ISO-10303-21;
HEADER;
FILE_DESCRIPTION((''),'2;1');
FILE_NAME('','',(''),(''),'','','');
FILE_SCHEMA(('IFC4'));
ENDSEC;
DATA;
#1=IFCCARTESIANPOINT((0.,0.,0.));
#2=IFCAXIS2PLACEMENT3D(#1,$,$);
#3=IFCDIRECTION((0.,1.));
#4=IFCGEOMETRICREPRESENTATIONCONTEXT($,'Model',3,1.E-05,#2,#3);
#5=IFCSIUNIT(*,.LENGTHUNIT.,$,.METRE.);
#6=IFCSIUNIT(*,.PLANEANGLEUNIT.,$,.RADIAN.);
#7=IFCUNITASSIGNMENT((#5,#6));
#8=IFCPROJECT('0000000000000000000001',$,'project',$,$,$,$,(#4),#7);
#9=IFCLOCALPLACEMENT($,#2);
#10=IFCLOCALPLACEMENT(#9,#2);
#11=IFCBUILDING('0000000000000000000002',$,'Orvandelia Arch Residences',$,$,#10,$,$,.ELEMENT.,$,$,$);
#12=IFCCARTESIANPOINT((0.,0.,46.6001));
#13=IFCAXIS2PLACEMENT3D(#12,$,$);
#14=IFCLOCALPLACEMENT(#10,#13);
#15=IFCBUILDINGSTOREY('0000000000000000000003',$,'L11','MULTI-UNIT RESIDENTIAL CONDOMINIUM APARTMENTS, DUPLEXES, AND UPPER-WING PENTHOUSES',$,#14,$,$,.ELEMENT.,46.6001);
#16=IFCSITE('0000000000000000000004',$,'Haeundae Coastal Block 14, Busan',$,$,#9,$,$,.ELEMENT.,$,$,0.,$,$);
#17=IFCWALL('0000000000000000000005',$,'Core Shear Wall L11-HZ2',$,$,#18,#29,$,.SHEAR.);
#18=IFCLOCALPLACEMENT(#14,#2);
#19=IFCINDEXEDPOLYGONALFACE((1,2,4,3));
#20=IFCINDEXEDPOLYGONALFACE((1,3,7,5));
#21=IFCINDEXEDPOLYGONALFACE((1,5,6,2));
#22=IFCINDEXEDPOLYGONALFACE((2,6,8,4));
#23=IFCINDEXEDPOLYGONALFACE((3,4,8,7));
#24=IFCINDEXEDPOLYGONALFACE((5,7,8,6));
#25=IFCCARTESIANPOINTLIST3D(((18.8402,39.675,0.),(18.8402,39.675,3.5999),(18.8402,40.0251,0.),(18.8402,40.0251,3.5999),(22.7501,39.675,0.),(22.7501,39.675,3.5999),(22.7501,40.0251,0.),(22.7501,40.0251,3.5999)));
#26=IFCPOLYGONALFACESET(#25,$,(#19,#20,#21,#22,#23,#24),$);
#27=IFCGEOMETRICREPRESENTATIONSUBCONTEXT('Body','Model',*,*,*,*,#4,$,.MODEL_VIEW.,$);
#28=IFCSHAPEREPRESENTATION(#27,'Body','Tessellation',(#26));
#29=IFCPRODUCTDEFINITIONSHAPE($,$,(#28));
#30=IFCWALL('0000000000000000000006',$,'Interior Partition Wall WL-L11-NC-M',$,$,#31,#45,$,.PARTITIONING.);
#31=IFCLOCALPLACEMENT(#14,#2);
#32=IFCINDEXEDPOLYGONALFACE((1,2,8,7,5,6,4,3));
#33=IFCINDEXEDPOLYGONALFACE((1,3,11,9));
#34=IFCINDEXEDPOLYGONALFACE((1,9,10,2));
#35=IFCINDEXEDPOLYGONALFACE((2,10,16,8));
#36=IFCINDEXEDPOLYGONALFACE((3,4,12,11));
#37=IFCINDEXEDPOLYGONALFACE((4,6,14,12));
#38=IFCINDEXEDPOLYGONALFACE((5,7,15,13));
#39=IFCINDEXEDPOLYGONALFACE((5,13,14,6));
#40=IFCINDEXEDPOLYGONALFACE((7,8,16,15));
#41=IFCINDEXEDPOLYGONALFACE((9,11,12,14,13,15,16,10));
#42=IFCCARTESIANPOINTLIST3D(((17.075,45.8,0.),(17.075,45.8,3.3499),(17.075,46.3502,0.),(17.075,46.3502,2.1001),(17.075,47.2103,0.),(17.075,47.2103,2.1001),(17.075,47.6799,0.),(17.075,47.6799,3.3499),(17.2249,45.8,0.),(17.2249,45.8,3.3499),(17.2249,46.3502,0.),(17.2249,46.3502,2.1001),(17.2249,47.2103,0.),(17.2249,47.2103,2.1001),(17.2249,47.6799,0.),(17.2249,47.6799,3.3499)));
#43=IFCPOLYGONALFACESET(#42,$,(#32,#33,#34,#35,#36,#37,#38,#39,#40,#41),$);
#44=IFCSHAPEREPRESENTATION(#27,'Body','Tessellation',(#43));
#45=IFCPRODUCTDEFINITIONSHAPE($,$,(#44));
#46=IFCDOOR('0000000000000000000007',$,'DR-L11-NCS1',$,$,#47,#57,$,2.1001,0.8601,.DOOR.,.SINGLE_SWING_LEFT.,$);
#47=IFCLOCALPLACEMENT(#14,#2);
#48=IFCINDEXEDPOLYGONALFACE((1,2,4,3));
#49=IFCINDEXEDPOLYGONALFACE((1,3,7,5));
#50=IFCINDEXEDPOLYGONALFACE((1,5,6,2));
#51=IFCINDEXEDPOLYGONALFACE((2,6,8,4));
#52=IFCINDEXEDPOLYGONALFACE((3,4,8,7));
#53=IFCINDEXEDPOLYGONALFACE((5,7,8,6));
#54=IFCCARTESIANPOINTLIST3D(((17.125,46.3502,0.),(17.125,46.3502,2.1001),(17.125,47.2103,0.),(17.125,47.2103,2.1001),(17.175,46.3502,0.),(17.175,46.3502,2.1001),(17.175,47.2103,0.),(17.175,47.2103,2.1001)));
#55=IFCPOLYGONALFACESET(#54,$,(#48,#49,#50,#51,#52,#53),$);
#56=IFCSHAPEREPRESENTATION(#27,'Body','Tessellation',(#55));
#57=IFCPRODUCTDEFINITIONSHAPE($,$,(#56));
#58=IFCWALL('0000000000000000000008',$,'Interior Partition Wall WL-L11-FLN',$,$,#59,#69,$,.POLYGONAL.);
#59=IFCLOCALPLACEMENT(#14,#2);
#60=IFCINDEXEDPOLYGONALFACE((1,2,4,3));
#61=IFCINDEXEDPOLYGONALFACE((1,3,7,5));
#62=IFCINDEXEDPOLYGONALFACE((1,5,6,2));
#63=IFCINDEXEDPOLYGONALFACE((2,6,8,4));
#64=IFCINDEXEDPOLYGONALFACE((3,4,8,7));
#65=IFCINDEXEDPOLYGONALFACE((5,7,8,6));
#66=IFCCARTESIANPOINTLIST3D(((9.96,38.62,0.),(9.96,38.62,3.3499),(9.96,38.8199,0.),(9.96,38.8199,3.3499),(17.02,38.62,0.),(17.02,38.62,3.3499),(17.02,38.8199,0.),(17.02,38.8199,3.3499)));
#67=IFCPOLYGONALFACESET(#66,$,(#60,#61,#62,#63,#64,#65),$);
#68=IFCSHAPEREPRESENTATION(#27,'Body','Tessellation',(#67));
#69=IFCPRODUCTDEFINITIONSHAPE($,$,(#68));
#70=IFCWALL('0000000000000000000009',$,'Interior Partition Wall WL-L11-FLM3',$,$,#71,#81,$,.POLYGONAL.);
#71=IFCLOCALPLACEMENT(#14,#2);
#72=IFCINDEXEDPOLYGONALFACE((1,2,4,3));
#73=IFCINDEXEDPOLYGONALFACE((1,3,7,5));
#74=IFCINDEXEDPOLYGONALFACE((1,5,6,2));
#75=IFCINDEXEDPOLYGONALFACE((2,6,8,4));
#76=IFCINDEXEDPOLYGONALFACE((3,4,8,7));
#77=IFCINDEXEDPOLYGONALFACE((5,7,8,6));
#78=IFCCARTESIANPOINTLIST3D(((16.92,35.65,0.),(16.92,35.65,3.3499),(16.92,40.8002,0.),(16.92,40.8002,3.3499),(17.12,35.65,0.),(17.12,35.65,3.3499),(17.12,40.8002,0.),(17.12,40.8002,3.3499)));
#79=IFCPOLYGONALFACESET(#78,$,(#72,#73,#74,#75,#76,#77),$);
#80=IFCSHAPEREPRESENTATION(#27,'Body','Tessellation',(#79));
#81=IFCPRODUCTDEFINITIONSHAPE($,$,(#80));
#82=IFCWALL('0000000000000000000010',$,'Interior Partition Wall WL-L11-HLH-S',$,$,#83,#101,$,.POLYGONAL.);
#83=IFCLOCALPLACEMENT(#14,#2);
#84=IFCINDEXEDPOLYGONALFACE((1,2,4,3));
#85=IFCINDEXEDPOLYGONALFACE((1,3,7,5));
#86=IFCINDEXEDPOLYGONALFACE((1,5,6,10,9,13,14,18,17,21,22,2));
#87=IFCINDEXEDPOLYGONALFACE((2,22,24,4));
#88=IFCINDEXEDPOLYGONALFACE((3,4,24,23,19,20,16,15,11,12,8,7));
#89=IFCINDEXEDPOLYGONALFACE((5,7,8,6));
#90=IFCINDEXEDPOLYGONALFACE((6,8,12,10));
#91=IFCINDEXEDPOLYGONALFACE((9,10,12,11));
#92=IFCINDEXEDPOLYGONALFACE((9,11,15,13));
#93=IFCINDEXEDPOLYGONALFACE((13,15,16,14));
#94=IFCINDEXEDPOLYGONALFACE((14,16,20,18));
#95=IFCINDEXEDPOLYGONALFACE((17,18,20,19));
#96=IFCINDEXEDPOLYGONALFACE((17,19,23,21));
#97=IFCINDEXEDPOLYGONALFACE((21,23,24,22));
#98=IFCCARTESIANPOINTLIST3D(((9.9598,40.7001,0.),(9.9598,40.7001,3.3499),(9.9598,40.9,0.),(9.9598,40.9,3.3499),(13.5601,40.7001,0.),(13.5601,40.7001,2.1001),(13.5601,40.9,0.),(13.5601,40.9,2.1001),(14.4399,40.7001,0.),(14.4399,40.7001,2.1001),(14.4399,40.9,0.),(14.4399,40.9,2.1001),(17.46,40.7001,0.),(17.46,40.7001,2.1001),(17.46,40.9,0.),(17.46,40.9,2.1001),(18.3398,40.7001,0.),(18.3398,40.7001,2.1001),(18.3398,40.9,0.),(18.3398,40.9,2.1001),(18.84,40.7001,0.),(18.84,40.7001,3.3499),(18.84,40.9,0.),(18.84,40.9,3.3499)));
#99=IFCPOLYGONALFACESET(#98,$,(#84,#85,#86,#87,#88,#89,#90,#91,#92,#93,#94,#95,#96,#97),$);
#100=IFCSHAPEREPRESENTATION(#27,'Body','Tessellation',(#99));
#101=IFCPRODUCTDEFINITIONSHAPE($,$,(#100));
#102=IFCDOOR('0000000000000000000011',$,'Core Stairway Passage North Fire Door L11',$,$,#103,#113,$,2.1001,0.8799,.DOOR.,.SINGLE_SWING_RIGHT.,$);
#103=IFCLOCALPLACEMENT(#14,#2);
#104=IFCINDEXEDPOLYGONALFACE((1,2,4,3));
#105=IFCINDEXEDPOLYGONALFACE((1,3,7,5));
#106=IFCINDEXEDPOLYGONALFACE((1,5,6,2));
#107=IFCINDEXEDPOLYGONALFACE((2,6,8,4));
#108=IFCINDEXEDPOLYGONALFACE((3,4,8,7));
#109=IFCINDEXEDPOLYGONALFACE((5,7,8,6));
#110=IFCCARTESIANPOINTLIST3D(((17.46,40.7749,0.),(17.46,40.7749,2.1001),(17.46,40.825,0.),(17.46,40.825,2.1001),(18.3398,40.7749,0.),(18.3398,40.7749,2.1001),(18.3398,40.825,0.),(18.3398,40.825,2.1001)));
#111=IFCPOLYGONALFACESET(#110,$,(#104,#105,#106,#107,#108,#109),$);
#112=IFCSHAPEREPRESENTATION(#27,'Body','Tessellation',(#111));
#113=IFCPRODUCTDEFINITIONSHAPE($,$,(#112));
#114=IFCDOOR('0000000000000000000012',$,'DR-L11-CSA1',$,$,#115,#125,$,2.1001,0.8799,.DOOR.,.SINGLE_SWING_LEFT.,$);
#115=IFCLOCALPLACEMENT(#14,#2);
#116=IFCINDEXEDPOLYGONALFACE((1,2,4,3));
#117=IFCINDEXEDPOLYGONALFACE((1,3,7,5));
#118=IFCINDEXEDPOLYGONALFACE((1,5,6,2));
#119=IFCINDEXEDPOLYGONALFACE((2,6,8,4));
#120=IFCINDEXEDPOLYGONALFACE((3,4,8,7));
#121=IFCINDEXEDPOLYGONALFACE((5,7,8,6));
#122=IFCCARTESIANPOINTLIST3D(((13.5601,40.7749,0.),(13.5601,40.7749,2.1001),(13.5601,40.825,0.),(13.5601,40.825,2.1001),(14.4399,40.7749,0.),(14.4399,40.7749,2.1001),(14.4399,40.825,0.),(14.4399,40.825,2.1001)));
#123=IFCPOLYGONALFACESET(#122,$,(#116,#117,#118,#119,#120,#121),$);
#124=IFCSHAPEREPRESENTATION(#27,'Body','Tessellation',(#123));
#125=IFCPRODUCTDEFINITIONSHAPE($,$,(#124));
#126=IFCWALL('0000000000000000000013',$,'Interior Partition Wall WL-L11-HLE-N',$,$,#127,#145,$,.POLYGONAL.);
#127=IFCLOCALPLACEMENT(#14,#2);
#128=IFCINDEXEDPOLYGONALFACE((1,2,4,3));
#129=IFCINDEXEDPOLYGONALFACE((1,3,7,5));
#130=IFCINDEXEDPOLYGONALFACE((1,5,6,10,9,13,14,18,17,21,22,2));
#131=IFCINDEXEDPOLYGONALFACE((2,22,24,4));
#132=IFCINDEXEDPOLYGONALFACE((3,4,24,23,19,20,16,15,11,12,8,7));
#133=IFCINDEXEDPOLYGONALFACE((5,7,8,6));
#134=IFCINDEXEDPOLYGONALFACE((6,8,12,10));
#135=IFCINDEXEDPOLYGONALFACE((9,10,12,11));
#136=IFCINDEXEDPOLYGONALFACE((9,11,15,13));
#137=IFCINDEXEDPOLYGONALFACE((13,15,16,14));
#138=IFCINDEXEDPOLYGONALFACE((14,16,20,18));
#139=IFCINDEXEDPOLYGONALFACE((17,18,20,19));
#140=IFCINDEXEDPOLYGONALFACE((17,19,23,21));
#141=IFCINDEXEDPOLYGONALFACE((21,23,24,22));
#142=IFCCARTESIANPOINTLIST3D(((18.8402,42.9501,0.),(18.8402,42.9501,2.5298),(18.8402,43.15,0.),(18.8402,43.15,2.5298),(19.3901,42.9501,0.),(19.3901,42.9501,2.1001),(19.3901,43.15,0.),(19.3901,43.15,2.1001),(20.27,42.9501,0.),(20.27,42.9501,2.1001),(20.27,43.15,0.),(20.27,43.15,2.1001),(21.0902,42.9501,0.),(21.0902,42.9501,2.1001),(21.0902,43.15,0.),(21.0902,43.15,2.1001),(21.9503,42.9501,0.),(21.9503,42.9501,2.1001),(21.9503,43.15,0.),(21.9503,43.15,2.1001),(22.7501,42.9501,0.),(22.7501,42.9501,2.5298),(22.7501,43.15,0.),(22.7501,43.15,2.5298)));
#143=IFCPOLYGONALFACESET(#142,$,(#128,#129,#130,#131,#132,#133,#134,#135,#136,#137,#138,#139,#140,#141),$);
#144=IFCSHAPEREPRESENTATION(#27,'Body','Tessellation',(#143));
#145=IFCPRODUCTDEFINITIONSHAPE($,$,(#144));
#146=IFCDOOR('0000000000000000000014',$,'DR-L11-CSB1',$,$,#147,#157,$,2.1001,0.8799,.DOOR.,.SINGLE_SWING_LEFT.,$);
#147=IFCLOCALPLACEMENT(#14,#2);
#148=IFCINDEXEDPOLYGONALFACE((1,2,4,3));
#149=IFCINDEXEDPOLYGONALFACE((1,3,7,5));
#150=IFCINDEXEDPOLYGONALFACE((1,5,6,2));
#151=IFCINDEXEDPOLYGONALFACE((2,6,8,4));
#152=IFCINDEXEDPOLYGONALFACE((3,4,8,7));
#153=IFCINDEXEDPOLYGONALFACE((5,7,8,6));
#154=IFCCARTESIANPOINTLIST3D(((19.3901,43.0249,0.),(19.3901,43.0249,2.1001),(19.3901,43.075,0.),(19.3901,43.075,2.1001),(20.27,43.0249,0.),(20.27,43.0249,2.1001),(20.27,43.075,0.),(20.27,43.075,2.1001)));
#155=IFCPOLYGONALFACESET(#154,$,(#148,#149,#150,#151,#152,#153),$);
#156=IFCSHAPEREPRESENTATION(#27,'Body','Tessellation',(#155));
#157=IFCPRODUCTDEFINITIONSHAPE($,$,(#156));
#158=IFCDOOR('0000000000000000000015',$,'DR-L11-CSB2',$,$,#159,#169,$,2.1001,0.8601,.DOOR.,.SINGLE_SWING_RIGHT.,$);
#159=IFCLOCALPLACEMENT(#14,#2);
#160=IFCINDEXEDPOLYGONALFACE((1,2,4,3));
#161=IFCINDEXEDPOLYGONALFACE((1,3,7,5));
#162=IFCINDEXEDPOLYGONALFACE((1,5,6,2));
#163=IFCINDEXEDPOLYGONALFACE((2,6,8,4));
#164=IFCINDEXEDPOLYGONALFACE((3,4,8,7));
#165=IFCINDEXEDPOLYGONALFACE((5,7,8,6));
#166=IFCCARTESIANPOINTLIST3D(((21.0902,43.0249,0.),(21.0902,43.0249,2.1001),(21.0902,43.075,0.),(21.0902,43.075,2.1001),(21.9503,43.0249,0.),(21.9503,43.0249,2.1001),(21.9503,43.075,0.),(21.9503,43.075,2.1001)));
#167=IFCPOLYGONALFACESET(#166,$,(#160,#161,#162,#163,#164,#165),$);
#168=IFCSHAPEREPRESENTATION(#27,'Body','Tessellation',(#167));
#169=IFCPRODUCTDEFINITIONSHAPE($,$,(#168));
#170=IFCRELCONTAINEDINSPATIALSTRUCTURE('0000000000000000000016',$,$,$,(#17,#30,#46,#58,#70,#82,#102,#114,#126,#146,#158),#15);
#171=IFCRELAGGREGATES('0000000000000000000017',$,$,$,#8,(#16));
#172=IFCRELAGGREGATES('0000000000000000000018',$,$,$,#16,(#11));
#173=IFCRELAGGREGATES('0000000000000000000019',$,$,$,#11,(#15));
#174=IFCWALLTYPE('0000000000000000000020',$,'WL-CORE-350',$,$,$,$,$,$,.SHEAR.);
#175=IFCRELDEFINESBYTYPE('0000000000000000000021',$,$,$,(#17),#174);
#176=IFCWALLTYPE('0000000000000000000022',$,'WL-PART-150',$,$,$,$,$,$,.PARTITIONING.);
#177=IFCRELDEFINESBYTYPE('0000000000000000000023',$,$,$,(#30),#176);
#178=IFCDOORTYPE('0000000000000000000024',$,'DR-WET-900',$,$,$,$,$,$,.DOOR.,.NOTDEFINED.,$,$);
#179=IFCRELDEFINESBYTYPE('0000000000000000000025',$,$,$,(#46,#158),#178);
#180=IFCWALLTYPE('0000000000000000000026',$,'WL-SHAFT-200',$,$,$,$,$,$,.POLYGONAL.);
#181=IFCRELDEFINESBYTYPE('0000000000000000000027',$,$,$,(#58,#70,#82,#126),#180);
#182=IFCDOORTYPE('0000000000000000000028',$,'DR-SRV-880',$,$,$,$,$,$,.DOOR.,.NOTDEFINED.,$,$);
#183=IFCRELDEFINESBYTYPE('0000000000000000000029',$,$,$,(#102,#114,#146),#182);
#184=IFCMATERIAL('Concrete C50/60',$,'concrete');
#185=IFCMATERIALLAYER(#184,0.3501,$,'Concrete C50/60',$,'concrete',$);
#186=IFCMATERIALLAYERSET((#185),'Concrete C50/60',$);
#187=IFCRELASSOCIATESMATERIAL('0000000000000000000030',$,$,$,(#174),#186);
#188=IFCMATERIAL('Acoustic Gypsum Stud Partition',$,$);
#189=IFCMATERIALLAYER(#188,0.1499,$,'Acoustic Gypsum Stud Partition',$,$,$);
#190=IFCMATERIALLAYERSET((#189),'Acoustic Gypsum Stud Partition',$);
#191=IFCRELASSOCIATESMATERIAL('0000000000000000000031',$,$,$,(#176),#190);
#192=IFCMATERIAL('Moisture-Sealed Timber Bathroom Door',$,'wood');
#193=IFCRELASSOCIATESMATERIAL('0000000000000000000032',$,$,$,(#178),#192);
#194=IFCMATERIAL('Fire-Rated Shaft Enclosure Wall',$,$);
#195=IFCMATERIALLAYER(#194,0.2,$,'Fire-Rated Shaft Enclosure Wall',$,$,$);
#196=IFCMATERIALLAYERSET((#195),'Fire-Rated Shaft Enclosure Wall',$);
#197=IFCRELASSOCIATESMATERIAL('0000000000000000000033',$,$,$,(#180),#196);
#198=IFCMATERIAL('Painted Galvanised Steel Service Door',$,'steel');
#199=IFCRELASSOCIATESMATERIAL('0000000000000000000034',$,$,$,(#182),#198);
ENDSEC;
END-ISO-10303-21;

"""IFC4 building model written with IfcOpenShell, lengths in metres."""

from ifc_helpers import new_model, si_unit, direction, frame, frame_2d, origin, place, context, subcontext, project, spatial, rectangle, extrude, material, layer, layer_set, type_object, element, fill, save


model = new_model("IFC4")

# Units and contexts
model_context = context("Model", 3, precision=1e-05, world=origin(), true_north=direction((0.0, 1.0)))
body_context = subcontext(model_context, "Body", "Model", "MODEL_VIEW")
ifc_project = project(units=[si_unit("LENGTHUNIT", "METRE"), si_unit("PLANEANGLEUNIT", "RADIAN")], contexts=[model_context])

# Site, building, storey
site_placement = place(None, origin())
site = spatial("IfcSite", under=ifc_project, at=site_placement, Name="Haeundae Coastal Block 14, Busan", CompositionType="ELEMENT", RefElevation=0.0)
building_placement = place(site_placement, origin())
building = spatial("IfcBuilding", under=site, at=building_placement, Name="Orvandelia Arch Residences", CompositionType="ELEMENT")
storey_placement = place(building_placement, frame((0.0, 0.0, 46.6001)))
storey = spatial("IfcBuildingStorey", under=building, at=storey_placement, Name="L11", Description="MULTI-UNIT RESIDENTIAL CONDOMINIUM APARTMENTS, DUPLEXES, AND UPPER-WING PENTHOUSES", CompositionType="ELEMENT", Elevation=46.6001)

# Wall
ifc_material_1 = material(Name="Concrete C50/60", Category="concrete")
ifc_layer_1 = layer(ifc_material_1, 0.3501, Name="Concrete C50/60", Category="concrete")
ifc_layer_set_1 = layer_set([ifc_layer_1], Name="Concrete C50/60")
wall_type_1 = type_object("IfcWallType", Name="WL-CORE-350", PredefinedType="SHEAR", material=ifc_layer_set_1)
wall_1_placement = place(storey_placement, frame((18.8401, 39.8501, 0.0), z_axis=(0.0, 0.0, 1.0), x_axis=(1.0, 0.0, 0.0)))
element("IfcWall", 1, at=wall_1_placement, inside=storey, type_object=wall_type_1, Name="Core Shear Wall L11-HZ2", PredefinedType="SHEAR", context=body_context, shape_type="SweptSolid", body=[
    extrude(rectangle(XDim=3.9099, YDim=0.3501, at=frame_2d((1.9551, 0.0))), origin(), (0.0, 0.0, 1.0), 3.5999),
])

# Wall, opening, door
ifc_material_2 = material(Name="Acoustic Gypsum Stud Partition")
ifc_layer_2 = layer(ifc_material_2, 0.1499, Name="Acoustic Gypsum Stud Partition")
ifc_layer_set_2 = layer_set([ifc_layer_2], Name="Acoustic Gypsum Stud Partition")
wall_type_2 = type_object("IfcWallType", Name="WL-PART-150", PredefinedType="PARTITIONING", material=ifc_layer_set_2)
wall_2_placement = place(storey_placement, frame((17.1499, 45.8, 0.0), z_axis=(0.0, 0.0, 1.0), x_axis=(0.0, 1.0, 0.0)))
wall_2 = element("IfcWall", 2, at=wall_2_placement, inside=storey, type_object=wall_type_2, Name="Interior Partition Wall WL-L11-NC-M", PredefinedType="PARTITIONING", context=body_context, shape_type="SweptSolid", body=[
    extrude(rectangle(XDim=1.8799, YDim=0.1499, at=frame_2d((0.9399, 0.0))), origin(), (0.0, 0.0, 1.0), 3.3499),
])
opening_1_placement = place(wall_2_placement, frame((0.55, 0.0, 0.0)))
opening_1 = element("IfcOpeningElement", 3, at=opening_1_placement, cuts=wall_2, PredefinedType="OPENING", context=body_context, shape_type="SweptSolid", body=[
    extrude(rectangle(XDim=0.8601, YDim=2.1001, at=frame_2d((0.4302, 1.05))), frame((0.0, 0.085, 0.0), z_axis=(0.0, -1.0, 0.0), x_axis=(1.0, 0.0, 0.0)), (0.0, 0.0, 1.0), 0.1699),
])
ifc_material_3 = material(Name="Moisture-Sealed Timber Bathroom Door", Category="wood")
door_type_1 = type_object("IfcDoorType", Name="DR-WET-900", OperationType="NOTDEFINED", PredefinedType="DOOR", material=ifc_material_3)
door_1_placement = place(opening_1_placement, origin())
door_1 = element("IfcDoor", 4, at=door_1_placement, inside=storey, type_object=door_type_1, Name="DR-L11-NCS1", OperationType="SINGLE_SWING_LEFT", OverallHeight=2.1001, OverallWidth=0.8601, PredefinedType="DOOR", context=body_context, shape_type="SweptSolid", body=[
    extrude(rectangle(XDim=0.8601, YDim=2.1001, at=frame_2d((0.4302, 1.05))), frame((0.0, 0.0249, 0.0), z_axis=(0.0, -1.0, 0.0), x_axis=(1.0, 0.0, 0.0)), (0.0, 0.0, 1.0), 0.05),
])
fill(opening_1, door_1)

# Walls
ifc_material_4 = material(Name="Fire-Rated Shaft Enclosure Wall")
ifc_layer_3 = layer(ifc_material_4, 0.2, Name="Fire-Rated Shaft Enclosure Wall")
ifc_layer_set_3 = layer_set([ifc_layer_3], Name="Fire-Rated Shaft Enclosure Wall")
wall_type_3 = type_object("IfcWallType", Name="WL-SHAFT-200", PredefinedType="POLYGONAL", material=ifc_layer_set_3)
wall_3_placement = place(storey_placement, frame((9.96, 38.72, 0.0), z_axis=(0.0, 0.0, 1.0), x_axis=(1.0, 0.0, 0.0)))
element("IfcWall", 5, at=wall_3_placement, inside=storey, type_object=wall_type_3, Name="Interior Partition Wall WL-L11-FLN", PredefinedType="POLYGONAL", context=body_context, shape_type="SweptSolid", body=[
    extrude(rectangle(XDim=7.0601, YDim=0.2, at=frame_2d((3.53, 0.0))), origin(), (0.0, 0.0, 1.0), 3.3499),
])
wall_4_placement = place(storey_placement, frame((17.02, 35.6499, 0.0), z_axis=(0.0, 0.0, 1.0), x_axis=(0.0, 1.0, 0.0)))
element("IfcWall", 6, at=wall_4_placement, inside=storey, type_object=wall_type_3, Name="Interior Partition Wall WL-L11-FLM3", PredefinedType="POLYGONAL", context=body_context, shape_type="SweptSolid", body=[
    extrude(rectangle(XDim=5.1501, YDim=0.2, at=frame_2d((2.5752, 0.0))), origin(), (0.0, 0.0, 1.0), 3.3499),
])

# Walls, openings, doors
wall_5_placement = place(storey_placement, frame((9.96, 40.8, 0.0), z_axis=(0.0, 0.0, 1.0), x_axis=(1.0, 0.0, 0.0)))
wall_5 = element("IfcWall", 7, at=wall_5_placement, inside=storey, type_object=wall_type_3, Name="Interior Partition Wall WL-L11-HLH-S", PredefinedType="POLYGONAL", context=body_context, shape_type="SweptSolid", body=[
    extrude(rectangle(XDim=8.8801, YDim=0.2, at=frame_2d((4.4399, 0.0))), origin(), (0.0, 0.0, 1.0), 3.3499),
])
opening_2_placement = place(wall_5_placement, frame((7.5, 0.0, 0.0)))
opening_2 = element("IfcOpeningElement", 8, at=opening_2_placement, cuts=wall_5, PredefinedType="OPENING", context=body_context, shape_type="SweptSolid", body=[
    extrude(rectangle(XDim=0.8799, YDim=2.1001, at=frame_2d((0.4399, 1.05))), frame((0.0, 0.1099, 0.0), z_axis=(0.0, -1.0, 0.0), x_axis=(1.0, 0.0, 0.0)), (0.0, 0.0, 1.0), 0.22),
])
opening_3_placement = place(wall_5_placement, frame((3.6001, 0.0, 0.0)))
opening_3 = element("IfcOpeningElement", 9, at=opening_3_placement, cuts=wall_5, PredefinedType="OPENING", context=body_context, shape_type="SweptSolid", body=[
    extrude(rectangle(XDim=0.8799, YDim=2.1001, at=frame_2d((0.4399, 1.05))), frame((0.0, 0.1099, 0.0), z_axis=(0.0, -1.0, 0.0), x_axis=(1.0, 0.0, 0.0)), (0.0, 0.0, 1.0), 0.22),
])
ifc_material_5 = material(Name="Painted Galvanised Steel Service Door", Category="steel")
door_type_2 = type_object("IfcDoorType", Name="DR-SRV-880", OperationType="NOTDEFINED", PredefinedType="DOOR", material=ifc_material_5)
door_2_placement = place(opening_2_placement, origin())
door_2 = element("IfcDoor", 10, at=door_2_placement, inside=storey, type_object=door_type_2, Name="Core Stairway Passage North Fire Door L11", OperationType="SINGLE_SWING_RIGHT", OverallHeight=2.1001, OverallWidth=0.8799, PredefinedType="DOOR", context=body_context, shape_type="SweptSolid", body=[
    extrude(rectangle(XDim=0.8799, YDim=2.1001, at=frame_2d((0.4399, 1.05))), frame((0.0, 0.0249, 0.0), z_axis=(0.0, -1.0, 0.0), x_axis=(1.0, 0.0, 0.0)), (0.0, 0.0, 1.0), 0.05),
])
fill(opening_2, door_2)
door_3_placement = place(opening_3_placement, origin())
door_3 = element("IfcDoor", 11, at=door_3_placement, inside=storey, type_object=door_type_2, Name="DR-L11-CSA1", OperationType="SINGLE_SWING_LEFT", OverallHeight=2.1001, OverallWidth=0.8799, PredefinedType="DOOR", context=body_context, shape_type="SweptSolid", body=[
    extrude(rectangle(XDim=0.8799, YDim=2.1001, at=frame_2d((0.4399, 1.05))), frame((0.0, 0.0249, 0.0), z_axis=(0.0, -1.0, 0.0), x_axis=(1.0, 0.0, 0.0)), (0.0, 0.0, 1.0), 0.05),
])
fill(opening_3, door_3)
wall_6_placement = place(storey_placement, frame((18.8401, 43.05, 0.0), z_axis=(0.0, 0.0, 1.0), x_axis=(1.0, 0.0, 0.0)))
wall_6 = element("IfcWall", 12, at=wall_6_placement, inside=storey, type_object=wall_type_3, Name="Interior Partition Wall WL-L11-HLE-N", PredefinedType="POLYGONAL", context=body_context, shape_type="SweptSolid", body=[
    extrude(rectangle(XDim=3.9099, YDim=0.2, at=frame_2d((1.9551, 0.0))), origin(), (0.0, 0.0, 1.0), 2.5298),
])
opening_4_placement = place(wall_6_placement, frame((0.55, 0.0, 0.0)))
opening_4 = element("IfcOpeningElement", 13, at=opening_4_placement, cuts=wall_6, PredefinedType="OPENING", context=body_context, shape_type="SweptSolid", body=[
    extrude(rectangle(XDim=0.8799, YDim=2.1001, at=frame_2d((0.4399, 1.05))), frame((0.0, 0.1099, 0.0), z_axis=(0.0, -1.0, 0.0), x_axis=(1.0, 0.0, 0.0)), (0.0, 0.0, 1.0), 0.22),
])
opening_5_placement = place(wall_6_placement, frame((2.25, 0.0, 0.0)))
opening_5 = element("IfcOpeningElement", 14, at=opening_5_placement, cuts=wall_6, PredefinedType="OPENING", context=body_context, shape_type="SweptSolid", body=[
    extrude(rectangle(XDim=0.8601, YDim=2.1001, at=frame_2d((0.4302, 1.05))), frame((0.0, 0.1099, 0.0), z_axis=(0.0, -1.0, 0.0), x_axis=(1.0, 0.0, 0.0)), (0.0, 0.0, 1.0), 0.22),
])
door_4_placement = place(opening_4_placement, origin())
door_4 = element("IfcDoor", 15, at=door_4_placement, inside=storey, type_object=door_type_2, Name="DR-L11-CSB1", OperationType="SINGLE_SWING_LEFT", OverallHeight=2.1001, OverallWidth=0.8799, PredefinedType="DOOR", context=body_context, shape_type="SweptSolid", body=[
    extrude(rectangle(XDim=0.8799, YDim=2.1001, at=frame_2d((0.4399, 1.05))), frame((0.0, 0.0249, 0.0), z_axis=(0.0, -1.0, 0.0), x_axis=(1.0, 0.0, 0.0)), (0.0, 0.0, 1.0), 0.05),
])
fill(opening_4, door_4)
door_5_placement = place(opening_5_placement, origin())
door_5 = element("IfcDoor", 16, at=door_5_placement, inside=storey, type_object=door_type_1, Name="DR-L11-CSB2", OperationType="SINGLE_SWING_RIGHT", OverallHeight=2.1001, OverallWidth=0.8601, PredefinedType="DOOR", context=body_context, shape_type="SweptSolid", body=[
    extrude(rectangle(XDim=0.8601, YDim=2.1001, at=frame_2d((0.4302, 1.05))), frame((0.0, 0.0249, 0.0), z_axis=(0.0, -1.0, 0.0), x_axis=(1.0, 0.0, 0.0)), (0.0, 0.0, 1.0), 0.05),
])
fill(opening_5, door_5)

save(model, "model.ifc")
